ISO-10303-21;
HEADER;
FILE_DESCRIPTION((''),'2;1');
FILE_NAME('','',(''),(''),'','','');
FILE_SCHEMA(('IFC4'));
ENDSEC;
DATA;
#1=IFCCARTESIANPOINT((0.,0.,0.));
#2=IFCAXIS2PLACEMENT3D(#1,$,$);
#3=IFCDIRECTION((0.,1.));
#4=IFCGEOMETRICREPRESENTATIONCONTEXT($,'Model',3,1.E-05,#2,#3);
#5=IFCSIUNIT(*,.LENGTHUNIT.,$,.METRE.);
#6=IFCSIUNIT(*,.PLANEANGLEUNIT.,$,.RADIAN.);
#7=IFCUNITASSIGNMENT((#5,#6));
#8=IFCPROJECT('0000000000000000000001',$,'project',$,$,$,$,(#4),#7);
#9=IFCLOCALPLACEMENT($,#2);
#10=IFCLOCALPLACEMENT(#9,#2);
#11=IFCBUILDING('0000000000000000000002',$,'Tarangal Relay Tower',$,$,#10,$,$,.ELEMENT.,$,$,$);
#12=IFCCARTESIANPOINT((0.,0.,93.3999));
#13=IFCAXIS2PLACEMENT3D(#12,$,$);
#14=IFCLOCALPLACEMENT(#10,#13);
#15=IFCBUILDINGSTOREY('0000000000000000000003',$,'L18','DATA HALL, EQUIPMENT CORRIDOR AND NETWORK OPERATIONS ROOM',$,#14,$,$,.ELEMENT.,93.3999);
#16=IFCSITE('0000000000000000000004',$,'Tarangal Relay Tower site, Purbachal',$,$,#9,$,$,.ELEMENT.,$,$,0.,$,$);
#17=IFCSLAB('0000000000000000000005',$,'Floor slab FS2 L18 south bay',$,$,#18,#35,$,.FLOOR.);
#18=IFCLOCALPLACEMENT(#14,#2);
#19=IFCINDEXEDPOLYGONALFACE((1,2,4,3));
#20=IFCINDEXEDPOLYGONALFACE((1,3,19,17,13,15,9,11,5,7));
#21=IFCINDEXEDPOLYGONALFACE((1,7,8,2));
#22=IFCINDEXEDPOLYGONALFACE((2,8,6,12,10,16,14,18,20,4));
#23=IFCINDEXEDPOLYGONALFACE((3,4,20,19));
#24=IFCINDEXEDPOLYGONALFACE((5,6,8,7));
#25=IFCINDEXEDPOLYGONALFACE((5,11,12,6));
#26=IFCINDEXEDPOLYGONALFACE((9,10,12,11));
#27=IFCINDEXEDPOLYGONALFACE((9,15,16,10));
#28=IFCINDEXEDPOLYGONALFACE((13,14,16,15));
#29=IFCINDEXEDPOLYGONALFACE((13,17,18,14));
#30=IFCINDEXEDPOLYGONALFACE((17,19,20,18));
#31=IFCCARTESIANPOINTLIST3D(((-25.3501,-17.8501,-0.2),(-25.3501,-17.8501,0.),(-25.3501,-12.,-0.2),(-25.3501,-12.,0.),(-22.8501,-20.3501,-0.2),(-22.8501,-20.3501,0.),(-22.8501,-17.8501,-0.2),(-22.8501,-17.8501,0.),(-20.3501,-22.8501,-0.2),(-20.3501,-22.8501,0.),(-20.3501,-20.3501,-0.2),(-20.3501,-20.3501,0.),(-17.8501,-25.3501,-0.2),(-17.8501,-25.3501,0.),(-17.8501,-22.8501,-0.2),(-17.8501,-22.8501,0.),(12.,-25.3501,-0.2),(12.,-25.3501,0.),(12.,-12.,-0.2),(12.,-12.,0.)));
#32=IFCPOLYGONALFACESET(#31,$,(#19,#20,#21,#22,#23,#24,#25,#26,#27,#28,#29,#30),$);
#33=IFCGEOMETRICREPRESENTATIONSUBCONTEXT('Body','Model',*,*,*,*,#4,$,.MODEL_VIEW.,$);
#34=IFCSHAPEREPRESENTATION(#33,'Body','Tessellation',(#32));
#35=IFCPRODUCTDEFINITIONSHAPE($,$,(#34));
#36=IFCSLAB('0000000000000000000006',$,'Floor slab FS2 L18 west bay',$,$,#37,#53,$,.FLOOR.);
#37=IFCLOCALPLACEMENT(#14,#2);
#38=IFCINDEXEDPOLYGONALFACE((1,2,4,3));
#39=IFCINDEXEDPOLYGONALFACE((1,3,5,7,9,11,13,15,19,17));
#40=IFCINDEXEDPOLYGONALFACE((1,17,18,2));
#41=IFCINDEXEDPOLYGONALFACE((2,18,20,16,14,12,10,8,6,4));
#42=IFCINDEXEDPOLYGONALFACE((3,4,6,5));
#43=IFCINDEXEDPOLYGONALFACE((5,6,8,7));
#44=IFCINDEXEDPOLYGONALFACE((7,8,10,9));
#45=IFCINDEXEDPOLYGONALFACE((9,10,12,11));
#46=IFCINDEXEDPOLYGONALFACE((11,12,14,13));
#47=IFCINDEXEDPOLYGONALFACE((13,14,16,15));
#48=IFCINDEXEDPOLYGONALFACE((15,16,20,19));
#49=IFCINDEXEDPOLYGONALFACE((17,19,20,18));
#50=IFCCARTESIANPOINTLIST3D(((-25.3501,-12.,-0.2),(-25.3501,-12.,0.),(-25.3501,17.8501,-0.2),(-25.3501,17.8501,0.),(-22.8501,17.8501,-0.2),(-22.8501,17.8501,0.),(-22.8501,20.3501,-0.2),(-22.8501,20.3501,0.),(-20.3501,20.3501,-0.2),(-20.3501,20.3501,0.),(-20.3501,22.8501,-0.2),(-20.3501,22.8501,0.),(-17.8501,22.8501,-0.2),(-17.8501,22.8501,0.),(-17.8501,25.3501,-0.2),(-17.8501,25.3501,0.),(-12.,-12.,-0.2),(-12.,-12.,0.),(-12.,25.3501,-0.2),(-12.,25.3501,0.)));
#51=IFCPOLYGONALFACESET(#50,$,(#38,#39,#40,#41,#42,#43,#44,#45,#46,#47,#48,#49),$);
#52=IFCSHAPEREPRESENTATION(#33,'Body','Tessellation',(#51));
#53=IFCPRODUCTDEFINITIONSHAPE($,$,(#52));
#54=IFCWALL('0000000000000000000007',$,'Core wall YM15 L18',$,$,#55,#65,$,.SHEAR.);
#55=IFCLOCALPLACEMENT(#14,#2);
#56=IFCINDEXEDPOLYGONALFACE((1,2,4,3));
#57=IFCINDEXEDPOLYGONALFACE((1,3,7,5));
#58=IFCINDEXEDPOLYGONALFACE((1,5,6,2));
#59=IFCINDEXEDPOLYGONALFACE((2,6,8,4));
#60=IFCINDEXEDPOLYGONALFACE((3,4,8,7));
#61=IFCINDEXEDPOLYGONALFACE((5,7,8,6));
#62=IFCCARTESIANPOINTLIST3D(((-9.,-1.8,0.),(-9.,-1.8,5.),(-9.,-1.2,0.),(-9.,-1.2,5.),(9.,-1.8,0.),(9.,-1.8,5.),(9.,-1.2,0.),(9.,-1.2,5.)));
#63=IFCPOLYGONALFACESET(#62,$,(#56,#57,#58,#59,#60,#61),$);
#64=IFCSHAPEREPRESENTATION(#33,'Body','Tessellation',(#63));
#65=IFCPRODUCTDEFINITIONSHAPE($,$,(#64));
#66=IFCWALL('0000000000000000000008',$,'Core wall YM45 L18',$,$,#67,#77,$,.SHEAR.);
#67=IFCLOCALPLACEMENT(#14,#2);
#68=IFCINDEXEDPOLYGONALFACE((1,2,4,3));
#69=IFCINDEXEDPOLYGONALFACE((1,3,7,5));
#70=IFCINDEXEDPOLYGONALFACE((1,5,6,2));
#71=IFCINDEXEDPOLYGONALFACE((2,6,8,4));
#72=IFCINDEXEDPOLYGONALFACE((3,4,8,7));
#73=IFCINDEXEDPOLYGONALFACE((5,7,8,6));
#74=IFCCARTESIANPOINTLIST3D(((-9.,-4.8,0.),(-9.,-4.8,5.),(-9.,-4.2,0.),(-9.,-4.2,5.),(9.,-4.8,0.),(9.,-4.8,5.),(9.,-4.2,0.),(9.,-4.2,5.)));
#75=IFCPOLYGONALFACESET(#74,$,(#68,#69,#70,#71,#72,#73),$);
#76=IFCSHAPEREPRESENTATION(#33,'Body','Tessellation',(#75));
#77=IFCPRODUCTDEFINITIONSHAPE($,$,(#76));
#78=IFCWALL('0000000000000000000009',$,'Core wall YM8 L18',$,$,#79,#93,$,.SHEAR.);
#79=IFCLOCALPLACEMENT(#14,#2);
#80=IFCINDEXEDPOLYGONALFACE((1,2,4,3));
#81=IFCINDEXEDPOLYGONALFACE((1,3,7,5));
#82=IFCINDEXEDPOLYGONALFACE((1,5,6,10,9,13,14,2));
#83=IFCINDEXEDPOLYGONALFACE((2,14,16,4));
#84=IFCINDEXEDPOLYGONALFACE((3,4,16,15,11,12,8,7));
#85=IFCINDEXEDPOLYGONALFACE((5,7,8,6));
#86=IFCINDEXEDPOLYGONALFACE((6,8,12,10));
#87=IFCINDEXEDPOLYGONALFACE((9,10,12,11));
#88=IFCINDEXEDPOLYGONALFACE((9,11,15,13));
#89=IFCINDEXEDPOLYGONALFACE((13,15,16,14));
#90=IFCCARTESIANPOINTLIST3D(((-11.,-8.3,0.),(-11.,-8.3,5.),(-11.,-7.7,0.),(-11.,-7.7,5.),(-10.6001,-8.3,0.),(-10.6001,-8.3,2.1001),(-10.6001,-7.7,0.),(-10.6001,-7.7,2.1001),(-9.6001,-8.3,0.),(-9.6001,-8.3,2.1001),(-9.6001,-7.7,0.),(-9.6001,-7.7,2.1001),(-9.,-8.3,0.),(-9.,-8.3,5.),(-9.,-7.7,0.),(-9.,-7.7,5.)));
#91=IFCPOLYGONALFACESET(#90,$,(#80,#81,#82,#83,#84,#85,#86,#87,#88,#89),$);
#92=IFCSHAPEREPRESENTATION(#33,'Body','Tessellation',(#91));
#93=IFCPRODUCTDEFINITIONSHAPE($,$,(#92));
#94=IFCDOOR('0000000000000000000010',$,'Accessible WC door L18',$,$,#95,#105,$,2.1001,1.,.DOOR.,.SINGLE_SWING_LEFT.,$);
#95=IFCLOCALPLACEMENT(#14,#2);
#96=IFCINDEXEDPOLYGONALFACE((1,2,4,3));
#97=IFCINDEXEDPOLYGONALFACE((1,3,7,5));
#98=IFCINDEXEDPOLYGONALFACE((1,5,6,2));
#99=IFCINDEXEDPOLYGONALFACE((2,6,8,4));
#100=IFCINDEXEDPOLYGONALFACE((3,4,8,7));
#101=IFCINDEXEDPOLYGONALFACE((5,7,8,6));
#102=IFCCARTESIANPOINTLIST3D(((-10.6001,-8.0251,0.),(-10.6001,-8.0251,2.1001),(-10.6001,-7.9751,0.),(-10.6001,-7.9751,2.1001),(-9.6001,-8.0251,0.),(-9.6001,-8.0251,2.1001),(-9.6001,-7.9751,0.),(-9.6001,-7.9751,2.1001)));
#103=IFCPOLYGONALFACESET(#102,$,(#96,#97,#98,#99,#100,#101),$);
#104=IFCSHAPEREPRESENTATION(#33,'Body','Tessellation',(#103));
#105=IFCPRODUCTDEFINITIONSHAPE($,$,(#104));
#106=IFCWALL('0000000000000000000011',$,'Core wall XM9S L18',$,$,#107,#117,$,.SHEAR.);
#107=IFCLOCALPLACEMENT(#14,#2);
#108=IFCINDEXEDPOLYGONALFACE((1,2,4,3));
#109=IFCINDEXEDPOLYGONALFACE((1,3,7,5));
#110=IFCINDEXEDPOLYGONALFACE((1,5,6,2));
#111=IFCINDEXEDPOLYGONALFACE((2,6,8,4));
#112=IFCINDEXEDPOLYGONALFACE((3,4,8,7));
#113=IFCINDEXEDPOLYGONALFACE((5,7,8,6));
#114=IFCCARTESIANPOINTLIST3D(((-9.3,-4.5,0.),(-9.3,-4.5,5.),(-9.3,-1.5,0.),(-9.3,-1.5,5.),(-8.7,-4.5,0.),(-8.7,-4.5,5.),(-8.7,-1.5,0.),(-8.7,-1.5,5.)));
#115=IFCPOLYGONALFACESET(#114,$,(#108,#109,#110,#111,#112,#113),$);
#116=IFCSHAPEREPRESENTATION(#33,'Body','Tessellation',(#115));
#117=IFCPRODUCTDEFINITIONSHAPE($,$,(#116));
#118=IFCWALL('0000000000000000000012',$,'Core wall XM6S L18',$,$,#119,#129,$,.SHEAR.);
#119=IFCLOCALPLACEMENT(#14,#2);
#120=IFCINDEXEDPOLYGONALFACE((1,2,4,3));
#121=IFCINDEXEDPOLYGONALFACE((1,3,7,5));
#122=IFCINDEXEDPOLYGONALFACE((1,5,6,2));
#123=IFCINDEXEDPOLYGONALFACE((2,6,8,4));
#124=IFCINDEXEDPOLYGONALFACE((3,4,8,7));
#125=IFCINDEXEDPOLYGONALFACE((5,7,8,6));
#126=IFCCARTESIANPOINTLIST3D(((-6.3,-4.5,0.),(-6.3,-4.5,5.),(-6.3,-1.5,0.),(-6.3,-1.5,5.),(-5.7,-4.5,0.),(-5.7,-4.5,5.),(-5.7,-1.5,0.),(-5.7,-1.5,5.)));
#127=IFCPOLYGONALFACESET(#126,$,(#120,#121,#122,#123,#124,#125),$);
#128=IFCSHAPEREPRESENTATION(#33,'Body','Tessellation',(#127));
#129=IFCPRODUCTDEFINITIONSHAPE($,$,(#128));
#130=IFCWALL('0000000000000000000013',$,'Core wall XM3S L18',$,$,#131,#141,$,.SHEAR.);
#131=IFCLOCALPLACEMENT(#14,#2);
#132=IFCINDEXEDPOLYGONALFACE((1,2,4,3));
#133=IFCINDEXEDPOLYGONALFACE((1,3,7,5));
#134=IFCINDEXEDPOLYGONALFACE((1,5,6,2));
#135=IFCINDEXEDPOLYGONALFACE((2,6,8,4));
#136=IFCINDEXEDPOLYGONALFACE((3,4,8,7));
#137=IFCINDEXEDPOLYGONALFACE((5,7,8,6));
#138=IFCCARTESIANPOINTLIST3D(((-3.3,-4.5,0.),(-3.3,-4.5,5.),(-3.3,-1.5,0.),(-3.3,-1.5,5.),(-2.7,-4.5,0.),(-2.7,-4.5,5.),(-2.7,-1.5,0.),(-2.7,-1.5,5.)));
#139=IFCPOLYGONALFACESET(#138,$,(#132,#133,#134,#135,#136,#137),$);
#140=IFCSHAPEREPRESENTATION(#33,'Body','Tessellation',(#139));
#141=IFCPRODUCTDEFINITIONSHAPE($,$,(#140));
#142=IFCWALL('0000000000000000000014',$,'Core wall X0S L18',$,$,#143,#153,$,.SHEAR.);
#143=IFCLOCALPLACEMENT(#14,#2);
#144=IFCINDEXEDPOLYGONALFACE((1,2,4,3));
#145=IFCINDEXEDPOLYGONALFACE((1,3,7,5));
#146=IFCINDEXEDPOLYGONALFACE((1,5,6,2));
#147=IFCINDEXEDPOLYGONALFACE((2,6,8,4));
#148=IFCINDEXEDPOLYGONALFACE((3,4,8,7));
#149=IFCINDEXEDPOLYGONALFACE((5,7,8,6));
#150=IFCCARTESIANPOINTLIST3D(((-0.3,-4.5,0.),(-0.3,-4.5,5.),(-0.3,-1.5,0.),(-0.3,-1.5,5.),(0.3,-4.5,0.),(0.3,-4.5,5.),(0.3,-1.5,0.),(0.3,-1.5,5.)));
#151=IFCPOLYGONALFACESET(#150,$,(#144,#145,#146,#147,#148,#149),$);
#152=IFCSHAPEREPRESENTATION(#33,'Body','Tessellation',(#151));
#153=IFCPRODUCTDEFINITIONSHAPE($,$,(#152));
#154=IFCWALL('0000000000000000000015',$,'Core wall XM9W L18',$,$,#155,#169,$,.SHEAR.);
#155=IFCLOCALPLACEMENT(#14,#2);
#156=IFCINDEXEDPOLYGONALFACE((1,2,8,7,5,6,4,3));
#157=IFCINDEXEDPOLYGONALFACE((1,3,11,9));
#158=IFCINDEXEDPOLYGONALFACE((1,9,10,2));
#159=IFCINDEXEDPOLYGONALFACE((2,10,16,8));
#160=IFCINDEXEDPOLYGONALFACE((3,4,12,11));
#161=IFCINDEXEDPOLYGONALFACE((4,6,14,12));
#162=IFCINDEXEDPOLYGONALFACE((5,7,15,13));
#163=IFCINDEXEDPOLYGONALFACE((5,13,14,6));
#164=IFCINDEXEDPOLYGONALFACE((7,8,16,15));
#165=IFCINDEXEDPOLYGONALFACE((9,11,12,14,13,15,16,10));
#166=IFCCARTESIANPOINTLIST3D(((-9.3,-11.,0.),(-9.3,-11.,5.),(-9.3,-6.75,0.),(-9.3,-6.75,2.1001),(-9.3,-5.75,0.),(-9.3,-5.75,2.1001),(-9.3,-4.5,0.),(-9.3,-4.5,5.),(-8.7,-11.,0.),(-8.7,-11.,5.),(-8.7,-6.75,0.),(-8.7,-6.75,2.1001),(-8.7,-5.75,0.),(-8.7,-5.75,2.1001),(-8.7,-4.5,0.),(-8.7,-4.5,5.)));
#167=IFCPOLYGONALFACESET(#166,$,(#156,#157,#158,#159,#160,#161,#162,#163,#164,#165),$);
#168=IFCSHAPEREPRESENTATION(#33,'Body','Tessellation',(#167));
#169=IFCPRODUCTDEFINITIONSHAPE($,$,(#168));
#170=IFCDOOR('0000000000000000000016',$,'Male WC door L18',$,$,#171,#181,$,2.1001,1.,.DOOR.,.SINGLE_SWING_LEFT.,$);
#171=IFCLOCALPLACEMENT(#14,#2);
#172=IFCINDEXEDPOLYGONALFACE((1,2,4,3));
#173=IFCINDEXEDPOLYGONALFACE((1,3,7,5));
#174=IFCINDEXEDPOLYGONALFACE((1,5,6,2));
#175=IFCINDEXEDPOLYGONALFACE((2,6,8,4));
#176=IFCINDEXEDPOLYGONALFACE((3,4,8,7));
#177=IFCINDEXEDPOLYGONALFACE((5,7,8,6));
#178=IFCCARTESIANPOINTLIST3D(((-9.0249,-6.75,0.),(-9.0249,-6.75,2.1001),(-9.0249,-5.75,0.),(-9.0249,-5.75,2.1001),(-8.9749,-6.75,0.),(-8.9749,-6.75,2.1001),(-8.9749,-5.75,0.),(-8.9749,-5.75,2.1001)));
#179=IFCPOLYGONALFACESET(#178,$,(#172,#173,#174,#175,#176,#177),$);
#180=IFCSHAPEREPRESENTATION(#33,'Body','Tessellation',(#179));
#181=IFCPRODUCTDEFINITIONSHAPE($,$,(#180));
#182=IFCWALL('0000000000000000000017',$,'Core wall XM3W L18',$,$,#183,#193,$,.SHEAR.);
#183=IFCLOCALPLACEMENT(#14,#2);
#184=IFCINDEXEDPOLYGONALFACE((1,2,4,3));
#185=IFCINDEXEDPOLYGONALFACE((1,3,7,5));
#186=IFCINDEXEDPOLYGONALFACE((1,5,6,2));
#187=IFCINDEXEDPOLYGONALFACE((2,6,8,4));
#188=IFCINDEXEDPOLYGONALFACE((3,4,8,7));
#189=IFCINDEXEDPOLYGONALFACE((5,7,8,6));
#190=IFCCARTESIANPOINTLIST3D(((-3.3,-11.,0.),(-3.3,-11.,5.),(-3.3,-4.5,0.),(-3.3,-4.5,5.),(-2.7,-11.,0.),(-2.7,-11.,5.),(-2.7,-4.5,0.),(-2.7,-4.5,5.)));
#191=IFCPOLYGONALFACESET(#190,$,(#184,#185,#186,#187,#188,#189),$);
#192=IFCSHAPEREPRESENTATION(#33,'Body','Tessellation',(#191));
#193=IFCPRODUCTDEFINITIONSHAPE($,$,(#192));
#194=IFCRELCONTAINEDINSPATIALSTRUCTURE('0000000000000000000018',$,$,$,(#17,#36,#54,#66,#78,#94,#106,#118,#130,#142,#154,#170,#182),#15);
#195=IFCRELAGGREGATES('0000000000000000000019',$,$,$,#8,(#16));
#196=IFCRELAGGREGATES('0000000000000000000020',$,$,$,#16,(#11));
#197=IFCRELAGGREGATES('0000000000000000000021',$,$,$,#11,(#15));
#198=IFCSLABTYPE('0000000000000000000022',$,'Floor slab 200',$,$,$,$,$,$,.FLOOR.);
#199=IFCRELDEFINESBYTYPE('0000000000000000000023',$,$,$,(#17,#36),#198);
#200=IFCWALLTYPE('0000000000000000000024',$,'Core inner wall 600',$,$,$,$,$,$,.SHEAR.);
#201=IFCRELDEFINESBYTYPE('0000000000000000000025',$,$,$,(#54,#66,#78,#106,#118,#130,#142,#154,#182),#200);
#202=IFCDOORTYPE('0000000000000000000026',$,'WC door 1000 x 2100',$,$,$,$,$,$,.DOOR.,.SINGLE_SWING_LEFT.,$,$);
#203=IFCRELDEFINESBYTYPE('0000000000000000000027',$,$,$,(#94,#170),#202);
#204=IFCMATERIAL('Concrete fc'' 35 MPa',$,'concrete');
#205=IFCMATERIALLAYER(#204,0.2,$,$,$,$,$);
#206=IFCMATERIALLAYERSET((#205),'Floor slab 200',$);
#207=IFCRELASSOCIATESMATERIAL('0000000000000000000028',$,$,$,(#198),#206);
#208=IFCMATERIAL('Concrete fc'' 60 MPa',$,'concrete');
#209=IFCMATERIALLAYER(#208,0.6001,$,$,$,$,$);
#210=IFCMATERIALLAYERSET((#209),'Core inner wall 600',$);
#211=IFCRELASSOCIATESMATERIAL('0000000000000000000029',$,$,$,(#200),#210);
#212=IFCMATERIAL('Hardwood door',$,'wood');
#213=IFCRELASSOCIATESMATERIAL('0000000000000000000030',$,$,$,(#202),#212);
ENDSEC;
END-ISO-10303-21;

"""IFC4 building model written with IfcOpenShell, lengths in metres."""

from ifc_helpers import new_model, si_unit, direction, frame, frame_2d, origin, place, context, subcontext, project, spatial, polyline, rectangle, outline, extrude, material, layer, layer_set, type_object, element, fill, save


model = new_model("IFC4")

# Units and contexts
model_context = context("Model", 3, precision=1e-05, world=origin(), true_north=direction((0.0, 1.0)))
body_context = subcontext(model_context, "Body", "Model", "MODEL_VIEW")
ifc_project = project(units=[si_unit("LENGTHUNIT", "METRE"), si_unit("PLANEANGLEUNIT", "RADIAN")], contexts=[model_context])

# Site, building, storey
site_placement = place(None, origin())
site = spatial("IfcSite", under=ifc_project, at=site_placement, Name="Tarangal Relay Tower site, Purbachal", CompositionType="ELEMENT", RefElevation=0.0)
building_placement = place(site_placement, origin())
building = spatial("IfcBuilding", under=site, at=building_placement, Name="Tarangal Relay Tower", CompositionType="ELEMENT")
storey_placement = place(building_placement, frame((0.0, 0.0, 93.3999)))
storey = spatial("IfcBuildingStorey", under=building, at=storey_placement, Name="L18", Description="DATA HALL, EQUIPMENT CORRIDOR AND NETWORK OPERATIONS ROOM", CompositionType="ELEMENT", Elevation=93.3999)

# Slabs
ifc_material_1 = material(Name="Concrete fc' 35 MPa", Category="concrete")
ifc_layer_1 = layer(ifc_material_1, 0.2)
ifc_layer_set_1 = layer_set([ifc_layer_1], Name="Floor slab 200")
slab_type = type_object("IfcSlabType", Name="Floor slab 200", PredefinedType="FLOOR", material=ifc_layer_set_1)
slab_1_placement = place(storey_placement, frame((0.0, 0.0, -0.2)))
element("IfcSlab", 1, at=slab_1_placement, inside=storey, type_object=slab_type, Name="Floor slab FS2 L18 south bay", PredefinedType="FLOOR", context=body_context, shape_type="SweptSolid", body=[
    extrude(outline(polyline([(-17.8501, -25.3501), (-17.8501, -22.8501), (-20.3501, -22.8501), (-20.3501, -20.3501), (-22.8501, -20.3501), (-22.8501, -17.8501), (-25.3501, -17.8501), (-25.3501, -12.0), (12.0, -12.0), (12.0, -25.3501), (-17.8501, -25.3501)])), origin(), (0.0, 0.0, 1.0), 0.2),
])
slab_2_placement = place(storey_placement, frame((0.0, 0.0, -0.2)))
element("IfcSlab", 2, at=slab_2_placement, inside=storey, type_object=slab_type, Name="Floor slab FS2 L18 west bay", PredefinedType="FLOOR", context=body_context, shape_type="SweptSolid", body=[
    extrude(outline(polyline([(-12.0, 25.3501), (-12.0, -12.0), (-25.3501, -12.0), (-25.3501, 17.8501), (-22.8501, 17.8501), (-22.8501, 20.3501), (-20.3501, 20.3501), (-20.3501, 22.8501), (-17.8501, 22.8501), (-17.8501, 25.3501), (-12.0, 25.3501)])), origin(), (0.0, 0.0, 1.0), 0.2),
])

# Walls
ifc_material_2 = material(Name="Concrete fc' 60 MPa", Category="concrete")
ifc_layer_2 = layer(ifc_material_2, 0.6001)
ifc_layer_set_2 = layer_set([ifc_layer_2], Name="Core inner wall 600")
wall_type_1 = type_object("IfcWallType", Name="Core inner wall 600", PredefinedType="SHEAR", material=ifc_layer_set_2)
for number, where, z_axis, x_axis, name in (
    (3, (-9.0, -1.5, 0.0), (0.0, 0.0, 1.0), (1.0, 0.0, 0.0), "Core wall YM15 L18"),
    (4, (-9.0, -4.5, 0.0), (0.0, 0.0, 1.0), (1.0, 0.0, 0.0), "Core wall YM45 L18"),
):
    element("IfcWall", number, at=place(storey_placement, frame(where, z_axis=z_axis, x_axis=x_axis)), inside=storey, type_object=wall_type_1, Name=name, PredefinedType="SHEAR", context=body_context, shape_type="SweptSolid", body=[
        extrude(rectangle(XDim=18.0, YDim=0.6001, at=frame_2d((9.0, 0.0))), origin(), (0.0, 0.0, 1.0), 5.0),
    ])

# Wall, opening, door
wall_1_placement = place(storey_placement, frame((-11.0, -8.0, 0.0), z_axis=(0.0, 0.0, 1.0), x_axis=(1.0, 0.0, 0.0)))
wall_1 = element("IfcWall", 5, at=wall_1_placement, inside=storey, type_object=wall_type_1, Name="Core wall YM8 L18", PredefinedType="SHEAR", context=body_context, shape_type="SweptSolid", body=[
    extrude(rectangle(XDim=2.0, YDim=0.6001, at=frame_2d((1.0, 0.0))), origin(), (0.0, 0.0, 1.0), 5.0),
])
opening_1_placement = place(wall_1_placement, frame((0.3999, 0.0, 0.0)))
opening_1 = element("IfcOpeningElement", 6, at=opening_1_placement, cuts=wall_1, PredefinedType="OPENING", context=body_context, shape_type="SweptSolid", body=[
    extrude(rectangle(XDim=1.0, YDim=2.1001, at=frame_2d((0.5, 1.05))), frame((0.0, 0.3101, 0.0), z_axis=(0.0, -1.0, 0.0), x_axis=(1.0, 0.0, 0.0)), (0.0, 0.0, 1.0), 0.6201),
])
ifc_material_3 = material(Name="Hardwood door", Category="wood")
door_type = type_object("IfcDoorType", Name="WC door 1000 x 2100", OperationType="SINGLE_SWING_LEFT", PredefinedType="DOOR", material=ifc_material_3)
door_1_placement = place(opening_1_placement, origin())
door_1 = element("IfcDoor", 7, at=door_1_placement, inside=storey, type_object=door_type, Name="Accessible WC door L18", OperationType="SINGLE_SWING_LEFT", OverallHeight=2.1001, OverallWidth=1.0, PredefinedType="DOOR", context=body_context, shape_type="SweptSolid", body=[
    extrude(rectangle(XDim=1.0, YDim=2.1001, at=frame_2d((0.5, 1.05))), frame((0.0, 0.0249, 0.0), z_axis=(0.0, -1.0, 0.0), x_axis=(1.0, 0.0, 0.0)), (0.0, 0.0, 1.0), 0.05),
])
fill(opening_1, door_1)

# Walls
for number, where, z_axis, x_axis, name in (
    (8, (-9.0, -4.5, 0.0), (0.0, 0.0, 1.0), (0.0, 1.0, 0.0), "Core wall XM9S L18"),
    (9, (-6.0, -4.5, 0.0), (0.0, 0.0, 1.0), (0.0, 1.0, 0.0), "Core wall XM6S L18"),
    (10, (-3.0, -4.5, 0.0), (0.0, 0.0, 1.0), (0.0, 1.0, 0.0), "Core wall XM3S L18"),
    (11, (0.0, -4.5, 0.0), (0.0, 0.0, 1.0), (0.0, 1.0, 0.0), "Core wall X0S L18"),
):
    element("IfcWall", number, at=place(storey_placement, frame(where, z_axis=z_axis, x_axis=x_axis)), inside=storey, type_object=wall_type_1, Name=name, PredefinedType="SHEAR", context=body_context, shape_type="SweptSolid", body=[
        extrude(rectangle(XDim=3.0, YDim=0.6001, at=frame_2d((1.5, 0.0))), origin(), (0.0, 0.0, 1.0), 5.0),
    ])

# Wall, opening, door
wall_2_placement = place(storey_placement, frame((-9.0, -11.0, 0.0), z_axis=(0.0, 0.0, 1.0), x_axis=(0.0, 1.0, 0.0)))
wall_2 = element("IfcWall", 12, at=wall_2_placement, inside=storey, type_object=wall_type_1, Name="Core wall XM9W L18", PredefinedType="SHEAR", context=body_context, shape_type="SweptSolid", body=[
    extrude(rectangle(XDim=6.5, YDim=0.6001, at=frame_2d((3.25, 0.0))), origin(), (0.0, 0.0, 1.0), 5.0),
])
opening_2_placement = place(wall_2_placement, frame((4.25, 0.0, 0.0)))
opening_2 = element("IfcOpeningElement", 13, at=opening_2_placement, cuts=wall_2, PredefinedType="OPENING", context=body_context, shape_type="SweptSolid", body=[
    extrude(rectangle(XDim=1.0, YDim=2.1001, at=frame_2d((0.5, 1.05))), frame((0.0, 0.3101, 0.0), z_axis=(0.0, -1.0, 0.0), x_axis=(1.0, 0.0, 0.0)), (0.0, 0.0, 1.0), 0.6201),
])
door_2_placement = place(opening_2_placement, origin())
door_2 = element("IfcDoor", 14, at=door_2_placement, inside=storey, type_object=door_type, Name="Male WC door L18", OperationType="SINGLE_SWING_LEFT", OverallHeight=2.1001, OverallWidth=1.0, PredefinedType="DOOR", context=body_context, shape_type="SweptSolid", body=[
    extrude(rectangle(XDim=1.0, YDim=2.1001, at=frame_2d((0.5, 1.05))), frame((0.0, 0.0249, 0.0), z_axis=(0.0, -1.0, 0.0), x_axis=(1.0, 0.0, 0.0)), (0.0, 0.0, 1.0), 0.05),
])
fill(opening_2, door_2)

# Wall
wall_3_placement = place(storey_placement, frame((-3.0, -11.0, 0.0), z_axis=(0.0, 0.0, 1.0), x_axis=(0.0, 1.0, 0.0)))
element("IfcWall", 15, at=wall_3_placement, inside=storey, type_object=wall_type_1, Name="Core wall XM3W L18", PredefinedType="SHEAR", context=body_context, shape_type="SweptSolid", body=[
    extrude(rectangle(XDim=6.5, YDim=0.6001, at=frame_2d((3.25, 0.0))), origin(), (0.0, 0.0, 1.0), 5.0),
])

save(model, "model.ifc")
